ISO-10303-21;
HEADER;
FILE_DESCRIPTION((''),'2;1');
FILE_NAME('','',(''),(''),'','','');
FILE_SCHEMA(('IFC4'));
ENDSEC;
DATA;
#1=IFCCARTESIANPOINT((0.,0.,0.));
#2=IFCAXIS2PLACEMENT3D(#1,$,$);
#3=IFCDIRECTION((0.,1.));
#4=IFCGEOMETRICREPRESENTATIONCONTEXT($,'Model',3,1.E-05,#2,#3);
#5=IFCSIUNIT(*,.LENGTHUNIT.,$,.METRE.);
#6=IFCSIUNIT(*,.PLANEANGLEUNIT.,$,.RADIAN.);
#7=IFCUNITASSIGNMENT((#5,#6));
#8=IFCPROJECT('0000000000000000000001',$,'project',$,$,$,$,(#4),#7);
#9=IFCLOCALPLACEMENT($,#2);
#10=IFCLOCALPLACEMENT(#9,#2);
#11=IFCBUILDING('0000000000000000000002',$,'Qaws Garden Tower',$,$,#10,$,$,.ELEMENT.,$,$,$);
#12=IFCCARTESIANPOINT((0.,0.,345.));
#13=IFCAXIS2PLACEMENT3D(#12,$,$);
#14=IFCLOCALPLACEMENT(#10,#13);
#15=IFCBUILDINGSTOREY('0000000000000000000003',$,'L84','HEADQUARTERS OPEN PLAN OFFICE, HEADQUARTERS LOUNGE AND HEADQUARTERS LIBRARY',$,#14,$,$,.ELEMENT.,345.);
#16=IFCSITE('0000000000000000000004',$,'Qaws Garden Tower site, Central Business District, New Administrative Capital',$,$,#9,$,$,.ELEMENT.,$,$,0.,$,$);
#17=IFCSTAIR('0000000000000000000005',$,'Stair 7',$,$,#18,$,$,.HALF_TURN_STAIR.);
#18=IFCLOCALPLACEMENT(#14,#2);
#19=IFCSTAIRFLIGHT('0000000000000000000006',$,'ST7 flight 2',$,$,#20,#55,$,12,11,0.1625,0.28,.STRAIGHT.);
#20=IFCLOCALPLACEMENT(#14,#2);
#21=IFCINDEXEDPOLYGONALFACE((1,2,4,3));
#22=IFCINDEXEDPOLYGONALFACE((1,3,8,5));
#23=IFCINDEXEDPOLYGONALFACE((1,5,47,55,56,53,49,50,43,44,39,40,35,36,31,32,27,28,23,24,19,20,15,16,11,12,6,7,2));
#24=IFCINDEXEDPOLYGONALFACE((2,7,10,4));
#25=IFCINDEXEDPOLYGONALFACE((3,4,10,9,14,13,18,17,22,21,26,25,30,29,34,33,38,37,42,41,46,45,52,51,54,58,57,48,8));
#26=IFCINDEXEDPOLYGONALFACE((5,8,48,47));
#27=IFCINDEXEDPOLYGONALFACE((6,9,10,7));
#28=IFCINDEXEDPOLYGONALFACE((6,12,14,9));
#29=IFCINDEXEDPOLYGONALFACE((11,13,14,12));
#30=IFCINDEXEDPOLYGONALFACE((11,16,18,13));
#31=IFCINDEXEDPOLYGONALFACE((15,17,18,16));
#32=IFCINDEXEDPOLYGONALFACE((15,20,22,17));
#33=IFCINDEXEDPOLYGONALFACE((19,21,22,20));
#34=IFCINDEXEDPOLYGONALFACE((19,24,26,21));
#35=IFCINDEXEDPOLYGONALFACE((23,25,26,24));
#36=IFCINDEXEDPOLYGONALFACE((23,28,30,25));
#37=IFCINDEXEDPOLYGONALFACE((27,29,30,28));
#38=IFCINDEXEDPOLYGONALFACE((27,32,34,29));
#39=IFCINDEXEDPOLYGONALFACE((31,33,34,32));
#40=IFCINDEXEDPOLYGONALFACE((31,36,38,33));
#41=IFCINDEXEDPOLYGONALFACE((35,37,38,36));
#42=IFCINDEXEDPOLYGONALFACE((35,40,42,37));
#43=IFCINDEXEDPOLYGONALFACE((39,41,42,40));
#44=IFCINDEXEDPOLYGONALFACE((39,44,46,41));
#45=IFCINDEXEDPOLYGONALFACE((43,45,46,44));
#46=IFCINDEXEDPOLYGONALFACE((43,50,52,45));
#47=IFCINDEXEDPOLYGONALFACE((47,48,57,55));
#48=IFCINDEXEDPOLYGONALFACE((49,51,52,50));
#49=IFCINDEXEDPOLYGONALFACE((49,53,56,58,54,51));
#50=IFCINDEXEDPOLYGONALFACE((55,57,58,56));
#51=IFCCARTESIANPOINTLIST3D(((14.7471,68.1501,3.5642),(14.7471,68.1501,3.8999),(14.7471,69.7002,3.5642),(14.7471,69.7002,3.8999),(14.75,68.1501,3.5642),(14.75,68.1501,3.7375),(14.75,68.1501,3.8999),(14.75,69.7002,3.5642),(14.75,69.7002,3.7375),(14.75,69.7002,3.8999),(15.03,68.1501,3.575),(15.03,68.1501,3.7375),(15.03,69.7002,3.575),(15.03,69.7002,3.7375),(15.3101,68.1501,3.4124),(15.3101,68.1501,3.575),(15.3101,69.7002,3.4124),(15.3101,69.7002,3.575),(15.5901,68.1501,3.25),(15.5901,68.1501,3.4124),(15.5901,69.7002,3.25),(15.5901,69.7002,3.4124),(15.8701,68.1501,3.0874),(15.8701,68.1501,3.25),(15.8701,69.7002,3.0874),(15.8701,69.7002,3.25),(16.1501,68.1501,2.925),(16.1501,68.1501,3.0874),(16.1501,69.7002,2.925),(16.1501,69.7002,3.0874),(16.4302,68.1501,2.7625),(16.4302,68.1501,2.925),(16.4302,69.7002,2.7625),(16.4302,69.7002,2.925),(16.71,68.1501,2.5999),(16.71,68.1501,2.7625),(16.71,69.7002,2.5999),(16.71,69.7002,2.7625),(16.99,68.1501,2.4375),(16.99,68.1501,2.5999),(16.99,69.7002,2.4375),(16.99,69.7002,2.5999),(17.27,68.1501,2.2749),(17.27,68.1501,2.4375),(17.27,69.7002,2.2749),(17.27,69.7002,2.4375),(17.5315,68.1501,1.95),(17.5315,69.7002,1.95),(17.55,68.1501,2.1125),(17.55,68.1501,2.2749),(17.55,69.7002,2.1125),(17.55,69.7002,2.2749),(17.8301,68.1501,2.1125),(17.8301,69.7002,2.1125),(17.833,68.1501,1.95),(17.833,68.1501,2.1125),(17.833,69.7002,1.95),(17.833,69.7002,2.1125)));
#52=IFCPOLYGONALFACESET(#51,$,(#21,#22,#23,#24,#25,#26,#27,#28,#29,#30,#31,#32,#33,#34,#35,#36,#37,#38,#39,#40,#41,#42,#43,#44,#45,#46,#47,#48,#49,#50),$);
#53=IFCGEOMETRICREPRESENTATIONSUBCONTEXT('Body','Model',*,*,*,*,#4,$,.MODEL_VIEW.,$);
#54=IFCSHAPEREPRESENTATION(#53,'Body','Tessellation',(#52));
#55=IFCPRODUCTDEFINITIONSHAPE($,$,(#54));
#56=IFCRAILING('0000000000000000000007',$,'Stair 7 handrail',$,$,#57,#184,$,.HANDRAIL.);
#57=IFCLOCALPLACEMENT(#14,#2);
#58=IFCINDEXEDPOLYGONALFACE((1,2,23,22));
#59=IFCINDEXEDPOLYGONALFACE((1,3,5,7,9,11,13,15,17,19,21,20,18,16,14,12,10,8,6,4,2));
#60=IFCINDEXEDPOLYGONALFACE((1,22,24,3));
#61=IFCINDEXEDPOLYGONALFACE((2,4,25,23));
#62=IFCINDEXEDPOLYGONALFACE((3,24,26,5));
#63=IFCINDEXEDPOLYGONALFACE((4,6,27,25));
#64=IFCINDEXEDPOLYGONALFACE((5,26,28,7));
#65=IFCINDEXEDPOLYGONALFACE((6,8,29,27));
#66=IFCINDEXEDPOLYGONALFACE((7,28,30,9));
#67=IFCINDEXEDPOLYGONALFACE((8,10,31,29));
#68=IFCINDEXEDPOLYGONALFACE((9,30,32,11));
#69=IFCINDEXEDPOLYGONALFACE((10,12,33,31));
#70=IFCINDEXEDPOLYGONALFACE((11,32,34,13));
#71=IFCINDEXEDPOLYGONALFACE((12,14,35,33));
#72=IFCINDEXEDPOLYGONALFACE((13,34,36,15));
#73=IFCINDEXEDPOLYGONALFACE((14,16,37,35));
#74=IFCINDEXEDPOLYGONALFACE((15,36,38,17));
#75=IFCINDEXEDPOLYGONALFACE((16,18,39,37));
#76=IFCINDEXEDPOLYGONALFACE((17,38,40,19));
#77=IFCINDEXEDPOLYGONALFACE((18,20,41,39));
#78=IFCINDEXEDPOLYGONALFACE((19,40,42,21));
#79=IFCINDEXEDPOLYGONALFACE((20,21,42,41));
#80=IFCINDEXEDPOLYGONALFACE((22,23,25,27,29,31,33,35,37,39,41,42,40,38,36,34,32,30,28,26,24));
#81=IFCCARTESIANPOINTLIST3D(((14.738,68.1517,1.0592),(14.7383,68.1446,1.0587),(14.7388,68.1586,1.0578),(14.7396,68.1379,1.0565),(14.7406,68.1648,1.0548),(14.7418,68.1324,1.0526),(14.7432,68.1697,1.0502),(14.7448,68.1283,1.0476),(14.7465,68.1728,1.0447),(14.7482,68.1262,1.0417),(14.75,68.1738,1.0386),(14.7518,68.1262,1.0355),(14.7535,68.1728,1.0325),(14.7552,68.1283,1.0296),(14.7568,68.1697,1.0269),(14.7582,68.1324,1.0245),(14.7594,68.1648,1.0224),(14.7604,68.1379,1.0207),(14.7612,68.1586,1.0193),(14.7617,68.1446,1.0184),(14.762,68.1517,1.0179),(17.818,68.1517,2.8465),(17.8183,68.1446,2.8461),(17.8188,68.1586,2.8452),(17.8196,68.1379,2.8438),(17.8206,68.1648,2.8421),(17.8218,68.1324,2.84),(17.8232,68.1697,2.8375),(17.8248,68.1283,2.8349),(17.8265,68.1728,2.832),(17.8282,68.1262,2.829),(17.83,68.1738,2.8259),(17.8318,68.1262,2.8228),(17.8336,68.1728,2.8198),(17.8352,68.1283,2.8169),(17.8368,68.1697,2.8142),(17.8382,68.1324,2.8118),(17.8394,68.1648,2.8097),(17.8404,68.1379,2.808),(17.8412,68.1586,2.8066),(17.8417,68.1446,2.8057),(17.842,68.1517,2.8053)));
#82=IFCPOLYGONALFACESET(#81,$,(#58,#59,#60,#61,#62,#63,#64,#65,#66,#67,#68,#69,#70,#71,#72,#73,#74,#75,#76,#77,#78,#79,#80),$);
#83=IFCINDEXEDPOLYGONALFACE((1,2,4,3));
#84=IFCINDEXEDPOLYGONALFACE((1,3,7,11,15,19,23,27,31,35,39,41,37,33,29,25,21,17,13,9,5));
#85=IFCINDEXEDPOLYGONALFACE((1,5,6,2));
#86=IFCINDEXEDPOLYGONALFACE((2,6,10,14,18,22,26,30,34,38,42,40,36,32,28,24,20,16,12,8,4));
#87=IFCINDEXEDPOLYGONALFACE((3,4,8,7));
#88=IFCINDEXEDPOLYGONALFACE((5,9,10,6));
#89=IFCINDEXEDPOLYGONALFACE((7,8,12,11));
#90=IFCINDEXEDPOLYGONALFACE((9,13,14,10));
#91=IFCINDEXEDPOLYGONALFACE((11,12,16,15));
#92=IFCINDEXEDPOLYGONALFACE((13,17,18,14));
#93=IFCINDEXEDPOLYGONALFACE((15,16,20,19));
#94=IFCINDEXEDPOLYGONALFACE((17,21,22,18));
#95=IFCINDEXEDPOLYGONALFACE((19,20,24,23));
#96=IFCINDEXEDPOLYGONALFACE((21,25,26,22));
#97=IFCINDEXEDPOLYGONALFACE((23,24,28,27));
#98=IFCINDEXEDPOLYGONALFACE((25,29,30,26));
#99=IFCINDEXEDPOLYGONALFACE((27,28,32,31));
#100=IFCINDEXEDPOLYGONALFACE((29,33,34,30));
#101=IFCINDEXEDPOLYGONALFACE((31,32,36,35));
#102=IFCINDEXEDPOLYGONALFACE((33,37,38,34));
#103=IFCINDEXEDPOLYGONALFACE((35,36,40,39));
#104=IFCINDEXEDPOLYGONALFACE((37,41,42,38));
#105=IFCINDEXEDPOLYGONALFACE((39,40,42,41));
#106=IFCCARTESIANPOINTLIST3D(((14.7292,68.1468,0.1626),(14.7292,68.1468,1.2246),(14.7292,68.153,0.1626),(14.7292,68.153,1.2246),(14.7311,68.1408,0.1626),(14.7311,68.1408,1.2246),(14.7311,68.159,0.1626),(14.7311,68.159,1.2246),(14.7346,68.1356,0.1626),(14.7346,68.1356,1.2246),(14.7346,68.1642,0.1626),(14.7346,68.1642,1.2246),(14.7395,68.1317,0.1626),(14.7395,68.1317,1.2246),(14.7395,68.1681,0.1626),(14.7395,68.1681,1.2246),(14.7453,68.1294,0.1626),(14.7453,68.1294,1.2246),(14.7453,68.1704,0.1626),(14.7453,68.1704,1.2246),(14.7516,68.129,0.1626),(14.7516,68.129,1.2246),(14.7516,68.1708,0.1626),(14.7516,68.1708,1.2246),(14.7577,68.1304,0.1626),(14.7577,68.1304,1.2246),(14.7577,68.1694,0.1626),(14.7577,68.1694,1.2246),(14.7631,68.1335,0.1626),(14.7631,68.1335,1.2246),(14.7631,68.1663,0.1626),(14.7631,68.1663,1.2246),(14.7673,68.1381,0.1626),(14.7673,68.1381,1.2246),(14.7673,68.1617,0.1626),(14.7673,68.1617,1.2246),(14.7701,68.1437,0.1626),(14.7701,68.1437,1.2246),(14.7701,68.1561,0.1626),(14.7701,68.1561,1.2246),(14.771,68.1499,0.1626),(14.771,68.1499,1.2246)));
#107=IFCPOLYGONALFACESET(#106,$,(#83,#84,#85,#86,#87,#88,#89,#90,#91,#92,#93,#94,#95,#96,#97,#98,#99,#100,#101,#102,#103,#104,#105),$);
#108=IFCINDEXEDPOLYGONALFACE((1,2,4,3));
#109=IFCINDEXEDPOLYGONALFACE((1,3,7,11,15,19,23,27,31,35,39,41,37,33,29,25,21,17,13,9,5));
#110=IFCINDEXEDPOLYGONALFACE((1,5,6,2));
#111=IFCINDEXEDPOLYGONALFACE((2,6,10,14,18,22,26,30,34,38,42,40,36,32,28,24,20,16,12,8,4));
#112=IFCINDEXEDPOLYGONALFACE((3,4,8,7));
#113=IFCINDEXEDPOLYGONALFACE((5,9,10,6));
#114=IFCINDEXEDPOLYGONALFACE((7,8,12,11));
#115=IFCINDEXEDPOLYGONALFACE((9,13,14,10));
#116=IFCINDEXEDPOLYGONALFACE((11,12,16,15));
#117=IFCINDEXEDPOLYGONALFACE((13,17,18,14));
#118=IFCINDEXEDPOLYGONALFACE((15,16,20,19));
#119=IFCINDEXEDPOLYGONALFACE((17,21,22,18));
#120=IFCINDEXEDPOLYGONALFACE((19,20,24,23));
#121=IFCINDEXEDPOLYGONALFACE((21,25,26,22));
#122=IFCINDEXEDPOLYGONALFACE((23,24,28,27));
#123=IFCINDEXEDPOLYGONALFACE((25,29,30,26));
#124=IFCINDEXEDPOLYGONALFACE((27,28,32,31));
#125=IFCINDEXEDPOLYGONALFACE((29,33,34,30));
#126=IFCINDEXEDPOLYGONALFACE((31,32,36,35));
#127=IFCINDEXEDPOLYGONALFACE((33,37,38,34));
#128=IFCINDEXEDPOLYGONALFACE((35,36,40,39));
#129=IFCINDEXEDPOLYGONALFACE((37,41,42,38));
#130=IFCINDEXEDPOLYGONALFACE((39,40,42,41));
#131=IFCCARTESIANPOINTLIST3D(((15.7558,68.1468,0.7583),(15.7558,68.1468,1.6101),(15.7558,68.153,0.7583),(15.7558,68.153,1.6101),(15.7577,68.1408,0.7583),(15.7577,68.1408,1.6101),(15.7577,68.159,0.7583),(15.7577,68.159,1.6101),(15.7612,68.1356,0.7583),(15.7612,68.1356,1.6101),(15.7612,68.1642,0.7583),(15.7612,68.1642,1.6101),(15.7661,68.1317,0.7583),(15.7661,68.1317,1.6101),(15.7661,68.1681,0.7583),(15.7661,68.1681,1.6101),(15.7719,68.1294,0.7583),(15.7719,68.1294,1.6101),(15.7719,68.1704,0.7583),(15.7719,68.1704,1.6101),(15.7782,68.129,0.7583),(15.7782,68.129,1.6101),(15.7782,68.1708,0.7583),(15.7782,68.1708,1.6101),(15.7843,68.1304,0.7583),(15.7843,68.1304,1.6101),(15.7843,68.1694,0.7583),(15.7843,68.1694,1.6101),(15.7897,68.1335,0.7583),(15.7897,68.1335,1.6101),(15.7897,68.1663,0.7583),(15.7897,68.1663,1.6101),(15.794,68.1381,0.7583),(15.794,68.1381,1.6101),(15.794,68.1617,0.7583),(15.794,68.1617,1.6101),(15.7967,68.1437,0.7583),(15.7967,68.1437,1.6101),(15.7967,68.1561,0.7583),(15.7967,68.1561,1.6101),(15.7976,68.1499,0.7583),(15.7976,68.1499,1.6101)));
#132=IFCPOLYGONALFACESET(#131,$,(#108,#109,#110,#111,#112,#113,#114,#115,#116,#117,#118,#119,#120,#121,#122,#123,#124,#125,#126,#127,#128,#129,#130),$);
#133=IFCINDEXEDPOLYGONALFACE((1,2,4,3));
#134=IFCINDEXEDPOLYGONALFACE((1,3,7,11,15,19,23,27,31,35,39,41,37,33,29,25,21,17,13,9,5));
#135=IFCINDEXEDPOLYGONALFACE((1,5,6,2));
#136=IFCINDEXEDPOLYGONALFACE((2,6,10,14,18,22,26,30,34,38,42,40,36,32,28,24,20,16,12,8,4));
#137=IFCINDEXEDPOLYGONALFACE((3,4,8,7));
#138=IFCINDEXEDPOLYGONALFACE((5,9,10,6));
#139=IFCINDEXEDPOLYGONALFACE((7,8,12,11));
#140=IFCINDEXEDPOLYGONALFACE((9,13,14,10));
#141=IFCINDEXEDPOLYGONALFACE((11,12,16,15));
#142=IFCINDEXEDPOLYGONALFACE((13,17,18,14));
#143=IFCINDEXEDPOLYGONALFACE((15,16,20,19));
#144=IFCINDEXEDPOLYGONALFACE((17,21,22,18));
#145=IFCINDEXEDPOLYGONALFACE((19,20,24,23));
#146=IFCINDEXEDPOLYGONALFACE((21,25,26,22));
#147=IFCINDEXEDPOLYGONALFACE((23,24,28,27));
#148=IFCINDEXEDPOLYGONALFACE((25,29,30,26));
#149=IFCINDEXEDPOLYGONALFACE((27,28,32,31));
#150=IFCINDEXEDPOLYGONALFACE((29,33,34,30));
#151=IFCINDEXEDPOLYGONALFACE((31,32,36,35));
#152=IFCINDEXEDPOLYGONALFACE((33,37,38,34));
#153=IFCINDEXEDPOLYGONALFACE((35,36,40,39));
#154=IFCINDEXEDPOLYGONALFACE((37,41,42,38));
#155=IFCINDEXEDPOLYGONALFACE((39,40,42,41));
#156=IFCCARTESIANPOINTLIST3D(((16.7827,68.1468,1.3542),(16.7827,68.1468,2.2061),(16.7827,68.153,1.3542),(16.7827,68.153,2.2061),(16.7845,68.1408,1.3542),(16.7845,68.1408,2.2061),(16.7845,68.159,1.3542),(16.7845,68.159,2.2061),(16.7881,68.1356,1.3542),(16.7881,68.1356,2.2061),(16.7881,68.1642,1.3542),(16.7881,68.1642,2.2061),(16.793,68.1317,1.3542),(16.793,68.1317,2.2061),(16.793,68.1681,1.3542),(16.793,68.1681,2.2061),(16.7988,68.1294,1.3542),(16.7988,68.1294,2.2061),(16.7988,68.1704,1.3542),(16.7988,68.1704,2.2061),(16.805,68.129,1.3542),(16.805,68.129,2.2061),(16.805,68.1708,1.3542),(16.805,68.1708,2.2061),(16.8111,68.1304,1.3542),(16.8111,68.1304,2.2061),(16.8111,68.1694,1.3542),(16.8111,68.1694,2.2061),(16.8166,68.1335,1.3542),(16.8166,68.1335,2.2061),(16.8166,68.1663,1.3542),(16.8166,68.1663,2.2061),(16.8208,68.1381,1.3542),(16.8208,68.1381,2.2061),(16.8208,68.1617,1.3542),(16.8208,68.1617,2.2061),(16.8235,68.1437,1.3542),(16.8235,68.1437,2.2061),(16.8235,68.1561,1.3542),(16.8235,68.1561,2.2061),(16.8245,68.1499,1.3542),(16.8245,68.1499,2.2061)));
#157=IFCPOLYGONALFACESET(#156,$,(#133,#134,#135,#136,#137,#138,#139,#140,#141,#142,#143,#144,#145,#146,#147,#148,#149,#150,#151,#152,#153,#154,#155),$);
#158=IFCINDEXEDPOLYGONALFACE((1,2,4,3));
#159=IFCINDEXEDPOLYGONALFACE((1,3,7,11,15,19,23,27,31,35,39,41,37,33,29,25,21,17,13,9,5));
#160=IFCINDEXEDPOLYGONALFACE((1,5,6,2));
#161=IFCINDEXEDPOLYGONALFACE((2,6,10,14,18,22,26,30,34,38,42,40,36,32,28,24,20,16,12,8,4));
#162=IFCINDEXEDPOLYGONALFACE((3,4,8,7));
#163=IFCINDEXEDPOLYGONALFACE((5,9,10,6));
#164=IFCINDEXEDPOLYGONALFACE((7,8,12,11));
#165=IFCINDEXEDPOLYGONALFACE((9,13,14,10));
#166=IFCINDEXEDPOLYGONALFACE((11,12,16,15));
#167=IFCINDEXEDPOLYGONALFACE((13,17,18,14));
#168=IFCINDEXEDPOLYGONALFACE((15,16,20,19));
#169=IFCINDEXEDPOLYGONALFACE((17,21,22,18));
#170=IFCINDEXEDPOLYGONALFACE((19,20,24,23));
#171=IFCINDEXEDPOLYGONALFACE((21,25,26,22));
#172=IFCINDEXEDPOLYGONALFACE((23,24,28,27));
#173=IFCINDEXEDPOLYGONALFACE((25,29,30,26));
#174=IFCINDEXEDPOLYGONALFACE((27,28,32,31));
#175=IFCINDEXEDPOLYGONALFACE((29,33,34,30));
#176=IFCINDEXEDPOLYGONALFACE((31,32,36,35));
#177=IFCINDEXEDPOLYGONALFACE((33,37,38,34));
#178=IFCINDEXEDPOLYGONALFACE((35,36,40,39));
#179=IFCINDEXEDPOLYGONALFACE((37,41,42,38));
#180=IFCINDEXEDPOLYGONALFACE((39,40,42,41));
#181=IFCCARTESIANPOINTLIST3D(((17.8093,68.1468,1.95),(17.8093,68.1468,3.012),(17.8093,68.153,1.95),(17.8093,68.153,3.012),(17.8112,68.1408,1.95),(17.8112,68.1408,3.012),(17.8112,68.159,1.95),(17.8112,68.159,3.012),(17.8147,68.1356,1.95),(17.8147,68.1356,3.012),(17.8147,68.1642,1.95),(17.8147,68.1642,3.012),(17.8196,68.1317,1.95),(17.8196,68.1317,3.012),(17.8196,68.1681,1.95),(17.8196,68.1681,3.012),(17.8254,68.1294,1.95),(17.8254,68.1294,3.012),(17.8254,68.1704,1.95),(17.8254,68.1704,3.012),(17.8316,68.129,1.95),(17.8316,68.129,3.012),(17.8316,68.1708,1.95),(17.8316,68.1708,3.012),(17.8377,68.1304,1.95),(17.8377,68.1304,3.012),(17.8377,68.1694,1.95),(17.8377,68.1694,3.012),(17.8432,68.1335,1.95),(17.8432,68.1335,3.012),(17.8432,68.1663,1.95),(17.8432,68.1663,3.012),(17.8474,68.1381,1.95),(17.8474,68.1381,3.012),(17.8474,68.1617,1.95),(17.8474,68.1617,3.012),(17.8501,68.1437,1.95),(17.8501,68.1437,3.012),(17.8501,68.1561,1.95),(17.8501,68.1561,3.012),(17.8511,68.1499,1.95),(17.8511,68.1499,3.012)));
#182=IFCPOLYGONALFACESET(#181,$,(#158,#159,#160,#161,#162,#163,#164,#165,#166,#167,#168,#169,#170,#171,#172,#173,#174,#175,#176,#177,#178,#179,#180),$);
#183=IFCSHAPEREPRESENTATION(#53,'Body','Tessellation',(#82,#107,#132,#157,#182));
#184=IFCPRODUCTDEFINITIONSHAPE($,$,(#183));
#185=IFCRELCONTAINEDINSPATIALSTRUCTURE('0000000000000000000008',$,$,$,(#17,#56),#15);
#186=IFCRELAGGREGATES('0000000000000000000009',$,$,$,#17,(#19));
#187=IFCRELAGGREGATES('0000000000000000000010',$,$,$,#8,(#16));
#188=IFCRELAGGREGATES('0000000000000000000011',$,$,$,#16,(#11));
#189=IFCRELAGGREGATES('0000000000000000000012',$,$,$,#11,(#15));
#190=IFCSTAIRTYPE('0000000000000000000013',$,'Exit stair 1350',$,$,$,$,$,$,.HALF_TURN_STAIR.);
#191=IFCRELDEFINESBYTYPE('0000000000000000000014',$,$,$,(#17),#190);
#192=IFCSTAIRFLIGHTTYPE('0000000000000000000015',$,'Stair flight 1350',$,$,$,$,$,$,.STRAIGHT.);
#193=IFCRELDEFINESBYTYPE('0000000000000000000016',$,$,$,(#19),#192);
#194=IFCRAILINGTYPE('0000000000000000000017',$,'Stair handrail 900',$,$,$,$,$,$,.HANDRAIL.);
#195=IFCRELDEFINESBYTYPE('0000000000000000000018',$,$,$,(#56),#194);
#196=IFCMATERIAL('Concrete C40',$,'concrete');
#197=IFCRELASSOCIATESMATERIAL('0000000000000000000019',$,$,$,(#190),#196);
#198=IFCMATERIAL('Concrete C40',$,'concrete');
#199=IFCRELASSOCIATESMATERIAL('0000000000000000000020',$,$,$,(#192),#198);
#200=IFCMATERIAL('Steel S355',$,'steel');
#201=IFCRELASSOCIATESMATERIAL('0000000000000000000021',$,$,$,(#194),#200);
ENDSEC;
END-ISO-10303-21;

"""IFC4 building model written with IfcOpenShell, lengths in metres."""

from ifc_helpers import new_model, si_unit, direction, frame, origin, origin_2d, place, context, subcontext, project, spatial, polyline, circle, outline, extrude, material, type_object, element, aggregate, save


model = new_model("IFC4")

# Units and contexts
model_context = context("Model", 3, precision=1e-05, world=origin(), true_north=direction((0.0, 1.0)))
body_context = subcontext(model_context, "Body", "Model", "MODEL_VIEW")
ifc_project = project(units=[si_unit("LENGTHUNIT", "METRE"), si_unit("PLANEANGLEUNIT", "RADIAN")], contexts=[model_context])

# Site, building, storey
site_placement = place(None, origin())
site = spatial("IfcSite", under=ifc_project, at=site_placement, Name="Qaws Garden Tower site, Central Business District, New Administrative Capital", CompositionType="ELEMENT", RefElevation=0.0)
building_placement = place(site_placement, origin())
building = spatial("IfcBuilding", under=site, at=building_placement, Name="Qaws Garden Tower", CompositionType="ELEMENT")
storey_placement = place(building_placement, frame((0.0, 0.0, 345.0)))
storey = spatial("IfcBuildingStorey", under=building, at=storey_placement, Name="L84", Description="HEADQUARTERS OPEN PLAN OFFICE, HEADQUARTERS LOUNGE AND HEADQUARTERS LIBRARY", CompositionType="ELEMENT", Elevation=345.0)

# Stair, stair flight
ifc_material_1 = material(Name="Concrete C40", Category="concrete")
stair_type = type_object("IfcStairType", Name="Exit stair 1350", PredefinedType="HALF_TURN_STAIR", material=ifc_material_1)
stair_placement = place(storey_placement, origin())
stair = element("IfcStair", 1, at=stair_placement, inside=storey, type_object=stair_type, Name="Stair 7", PredefinedType="HALF_TURN_STAIR")
ifc_material_2 = material(Name="Concrete C40", Category="concrete")
stair_flight_type = type_object("IfcStairFlightType", Name="Stair flight 1350", PredefinedType="STRAIGHT", material=ifc_material_2)
stair_flight_1_placement = place(storey_placement, frame((17.8301, 68.925, 1.95), z_axis=(0.0, 0.0, 1.0), x_axis=(-1.0, 0.0, 0.0)))
stair_flight_1 = element("IfcStairFlight", 2, at=stair_flight_1_placement, type_object=stair_flight_type, Name="ST7 flight 2", NumberOfRisers=12, NumberOfTreads=11, PredefinedType="STRAIGHT", RiserHeight=0.1625, TreadLength=0.28, context=body_context, shape_type="SweptSolid", body=[
    extrude(outline(polyline([(-0.0029, 0.0), (-0.0029, 0.1626), (0.0, 0.1626), (0.28, 0.1626), (0.28, 0.325), (0.5601, 0.325), (0.5601, 0.4875), (0.8401, 0.4875), (0.8401, 0.6499), (1.1201, 0.6499), (1.1201, 0.8125), (1.3999, 0.8125), (1.3999, 0.9751), (1.6799, 0.9751), (1.6799, 1.1375), (1.96, 1.1375), (1.96, 1.3), (2.24, 1.3), (2.24, 1.4624), (2.52, 1.4624), (2.52, 1.625), (2.8, 1.625), (2.8, 1.7876), (3.0801, 1.7876), (3.0801, 1.95), (3.083, 1.95), (3.083, 1.6143), (3.0801, 1.6143), (0.2986, 0.0), (-0.0029, 0.0)])), frame((0.0, 0.7749, 0.0), z_axis=(0.0, -1.0, 0.0), x_axis=(1.0, 0.0, 0.0)), (0.0, 0.0, 1.0), 1.55),
])
aggregate(stair, [stair_flight_1])

# Railing
ifc_material_3 = material(Name="Steel S355", Category="steel")
railing_type = type_object("IfcRailingType", Name="Stair handrail 900", PredefinedType="HANDRAIL", material=ifc_material_3)
railing_1_placement = place(storey_placement, frame((14.75, 68.1499, 0.1626)))
element("IfcRailing", 3, at=railing_1_placement, inside=storey, type_object=railing_type, Name="Stair 7 handrail", PredefinedType="HANDRAIL", context=body_context, shape_type="SweptSolid", body=[
    extrude(circle(Radius=0.0239, at=origin_2d()), frame((0.0, 0.0, 0.876), z_axis=(0.86492, 0.0, 0.501909), x_axis=(0.0, 1.0, 0.0)), (0.0, 0.0, 1.0), 3.561),
    extrude(circle(Radius=0.021, at=origin_2d()), origin(), (0.0, 0.0, 1.0), 1.062),
    extrude(circle(Radius=0.021, at=origin_2d()), frame((1.0266, 0.0, 0.5957)), (0.0, 0.0, 1.0), 0.8518),
    extrude(circle(Radius=0.021, at=origin_2d()), frame((2.0535, 0.0, 1.1917)), (0.0, 0.0, 1.0), 0.8518),
    extrude(circle(Radius=0.021, at=origin_2d()), frame((3.0801, 0.0, 1.7874)), (0.0, 0.0, 1.0), 1.062),
])

save(model, "model.ifc")
